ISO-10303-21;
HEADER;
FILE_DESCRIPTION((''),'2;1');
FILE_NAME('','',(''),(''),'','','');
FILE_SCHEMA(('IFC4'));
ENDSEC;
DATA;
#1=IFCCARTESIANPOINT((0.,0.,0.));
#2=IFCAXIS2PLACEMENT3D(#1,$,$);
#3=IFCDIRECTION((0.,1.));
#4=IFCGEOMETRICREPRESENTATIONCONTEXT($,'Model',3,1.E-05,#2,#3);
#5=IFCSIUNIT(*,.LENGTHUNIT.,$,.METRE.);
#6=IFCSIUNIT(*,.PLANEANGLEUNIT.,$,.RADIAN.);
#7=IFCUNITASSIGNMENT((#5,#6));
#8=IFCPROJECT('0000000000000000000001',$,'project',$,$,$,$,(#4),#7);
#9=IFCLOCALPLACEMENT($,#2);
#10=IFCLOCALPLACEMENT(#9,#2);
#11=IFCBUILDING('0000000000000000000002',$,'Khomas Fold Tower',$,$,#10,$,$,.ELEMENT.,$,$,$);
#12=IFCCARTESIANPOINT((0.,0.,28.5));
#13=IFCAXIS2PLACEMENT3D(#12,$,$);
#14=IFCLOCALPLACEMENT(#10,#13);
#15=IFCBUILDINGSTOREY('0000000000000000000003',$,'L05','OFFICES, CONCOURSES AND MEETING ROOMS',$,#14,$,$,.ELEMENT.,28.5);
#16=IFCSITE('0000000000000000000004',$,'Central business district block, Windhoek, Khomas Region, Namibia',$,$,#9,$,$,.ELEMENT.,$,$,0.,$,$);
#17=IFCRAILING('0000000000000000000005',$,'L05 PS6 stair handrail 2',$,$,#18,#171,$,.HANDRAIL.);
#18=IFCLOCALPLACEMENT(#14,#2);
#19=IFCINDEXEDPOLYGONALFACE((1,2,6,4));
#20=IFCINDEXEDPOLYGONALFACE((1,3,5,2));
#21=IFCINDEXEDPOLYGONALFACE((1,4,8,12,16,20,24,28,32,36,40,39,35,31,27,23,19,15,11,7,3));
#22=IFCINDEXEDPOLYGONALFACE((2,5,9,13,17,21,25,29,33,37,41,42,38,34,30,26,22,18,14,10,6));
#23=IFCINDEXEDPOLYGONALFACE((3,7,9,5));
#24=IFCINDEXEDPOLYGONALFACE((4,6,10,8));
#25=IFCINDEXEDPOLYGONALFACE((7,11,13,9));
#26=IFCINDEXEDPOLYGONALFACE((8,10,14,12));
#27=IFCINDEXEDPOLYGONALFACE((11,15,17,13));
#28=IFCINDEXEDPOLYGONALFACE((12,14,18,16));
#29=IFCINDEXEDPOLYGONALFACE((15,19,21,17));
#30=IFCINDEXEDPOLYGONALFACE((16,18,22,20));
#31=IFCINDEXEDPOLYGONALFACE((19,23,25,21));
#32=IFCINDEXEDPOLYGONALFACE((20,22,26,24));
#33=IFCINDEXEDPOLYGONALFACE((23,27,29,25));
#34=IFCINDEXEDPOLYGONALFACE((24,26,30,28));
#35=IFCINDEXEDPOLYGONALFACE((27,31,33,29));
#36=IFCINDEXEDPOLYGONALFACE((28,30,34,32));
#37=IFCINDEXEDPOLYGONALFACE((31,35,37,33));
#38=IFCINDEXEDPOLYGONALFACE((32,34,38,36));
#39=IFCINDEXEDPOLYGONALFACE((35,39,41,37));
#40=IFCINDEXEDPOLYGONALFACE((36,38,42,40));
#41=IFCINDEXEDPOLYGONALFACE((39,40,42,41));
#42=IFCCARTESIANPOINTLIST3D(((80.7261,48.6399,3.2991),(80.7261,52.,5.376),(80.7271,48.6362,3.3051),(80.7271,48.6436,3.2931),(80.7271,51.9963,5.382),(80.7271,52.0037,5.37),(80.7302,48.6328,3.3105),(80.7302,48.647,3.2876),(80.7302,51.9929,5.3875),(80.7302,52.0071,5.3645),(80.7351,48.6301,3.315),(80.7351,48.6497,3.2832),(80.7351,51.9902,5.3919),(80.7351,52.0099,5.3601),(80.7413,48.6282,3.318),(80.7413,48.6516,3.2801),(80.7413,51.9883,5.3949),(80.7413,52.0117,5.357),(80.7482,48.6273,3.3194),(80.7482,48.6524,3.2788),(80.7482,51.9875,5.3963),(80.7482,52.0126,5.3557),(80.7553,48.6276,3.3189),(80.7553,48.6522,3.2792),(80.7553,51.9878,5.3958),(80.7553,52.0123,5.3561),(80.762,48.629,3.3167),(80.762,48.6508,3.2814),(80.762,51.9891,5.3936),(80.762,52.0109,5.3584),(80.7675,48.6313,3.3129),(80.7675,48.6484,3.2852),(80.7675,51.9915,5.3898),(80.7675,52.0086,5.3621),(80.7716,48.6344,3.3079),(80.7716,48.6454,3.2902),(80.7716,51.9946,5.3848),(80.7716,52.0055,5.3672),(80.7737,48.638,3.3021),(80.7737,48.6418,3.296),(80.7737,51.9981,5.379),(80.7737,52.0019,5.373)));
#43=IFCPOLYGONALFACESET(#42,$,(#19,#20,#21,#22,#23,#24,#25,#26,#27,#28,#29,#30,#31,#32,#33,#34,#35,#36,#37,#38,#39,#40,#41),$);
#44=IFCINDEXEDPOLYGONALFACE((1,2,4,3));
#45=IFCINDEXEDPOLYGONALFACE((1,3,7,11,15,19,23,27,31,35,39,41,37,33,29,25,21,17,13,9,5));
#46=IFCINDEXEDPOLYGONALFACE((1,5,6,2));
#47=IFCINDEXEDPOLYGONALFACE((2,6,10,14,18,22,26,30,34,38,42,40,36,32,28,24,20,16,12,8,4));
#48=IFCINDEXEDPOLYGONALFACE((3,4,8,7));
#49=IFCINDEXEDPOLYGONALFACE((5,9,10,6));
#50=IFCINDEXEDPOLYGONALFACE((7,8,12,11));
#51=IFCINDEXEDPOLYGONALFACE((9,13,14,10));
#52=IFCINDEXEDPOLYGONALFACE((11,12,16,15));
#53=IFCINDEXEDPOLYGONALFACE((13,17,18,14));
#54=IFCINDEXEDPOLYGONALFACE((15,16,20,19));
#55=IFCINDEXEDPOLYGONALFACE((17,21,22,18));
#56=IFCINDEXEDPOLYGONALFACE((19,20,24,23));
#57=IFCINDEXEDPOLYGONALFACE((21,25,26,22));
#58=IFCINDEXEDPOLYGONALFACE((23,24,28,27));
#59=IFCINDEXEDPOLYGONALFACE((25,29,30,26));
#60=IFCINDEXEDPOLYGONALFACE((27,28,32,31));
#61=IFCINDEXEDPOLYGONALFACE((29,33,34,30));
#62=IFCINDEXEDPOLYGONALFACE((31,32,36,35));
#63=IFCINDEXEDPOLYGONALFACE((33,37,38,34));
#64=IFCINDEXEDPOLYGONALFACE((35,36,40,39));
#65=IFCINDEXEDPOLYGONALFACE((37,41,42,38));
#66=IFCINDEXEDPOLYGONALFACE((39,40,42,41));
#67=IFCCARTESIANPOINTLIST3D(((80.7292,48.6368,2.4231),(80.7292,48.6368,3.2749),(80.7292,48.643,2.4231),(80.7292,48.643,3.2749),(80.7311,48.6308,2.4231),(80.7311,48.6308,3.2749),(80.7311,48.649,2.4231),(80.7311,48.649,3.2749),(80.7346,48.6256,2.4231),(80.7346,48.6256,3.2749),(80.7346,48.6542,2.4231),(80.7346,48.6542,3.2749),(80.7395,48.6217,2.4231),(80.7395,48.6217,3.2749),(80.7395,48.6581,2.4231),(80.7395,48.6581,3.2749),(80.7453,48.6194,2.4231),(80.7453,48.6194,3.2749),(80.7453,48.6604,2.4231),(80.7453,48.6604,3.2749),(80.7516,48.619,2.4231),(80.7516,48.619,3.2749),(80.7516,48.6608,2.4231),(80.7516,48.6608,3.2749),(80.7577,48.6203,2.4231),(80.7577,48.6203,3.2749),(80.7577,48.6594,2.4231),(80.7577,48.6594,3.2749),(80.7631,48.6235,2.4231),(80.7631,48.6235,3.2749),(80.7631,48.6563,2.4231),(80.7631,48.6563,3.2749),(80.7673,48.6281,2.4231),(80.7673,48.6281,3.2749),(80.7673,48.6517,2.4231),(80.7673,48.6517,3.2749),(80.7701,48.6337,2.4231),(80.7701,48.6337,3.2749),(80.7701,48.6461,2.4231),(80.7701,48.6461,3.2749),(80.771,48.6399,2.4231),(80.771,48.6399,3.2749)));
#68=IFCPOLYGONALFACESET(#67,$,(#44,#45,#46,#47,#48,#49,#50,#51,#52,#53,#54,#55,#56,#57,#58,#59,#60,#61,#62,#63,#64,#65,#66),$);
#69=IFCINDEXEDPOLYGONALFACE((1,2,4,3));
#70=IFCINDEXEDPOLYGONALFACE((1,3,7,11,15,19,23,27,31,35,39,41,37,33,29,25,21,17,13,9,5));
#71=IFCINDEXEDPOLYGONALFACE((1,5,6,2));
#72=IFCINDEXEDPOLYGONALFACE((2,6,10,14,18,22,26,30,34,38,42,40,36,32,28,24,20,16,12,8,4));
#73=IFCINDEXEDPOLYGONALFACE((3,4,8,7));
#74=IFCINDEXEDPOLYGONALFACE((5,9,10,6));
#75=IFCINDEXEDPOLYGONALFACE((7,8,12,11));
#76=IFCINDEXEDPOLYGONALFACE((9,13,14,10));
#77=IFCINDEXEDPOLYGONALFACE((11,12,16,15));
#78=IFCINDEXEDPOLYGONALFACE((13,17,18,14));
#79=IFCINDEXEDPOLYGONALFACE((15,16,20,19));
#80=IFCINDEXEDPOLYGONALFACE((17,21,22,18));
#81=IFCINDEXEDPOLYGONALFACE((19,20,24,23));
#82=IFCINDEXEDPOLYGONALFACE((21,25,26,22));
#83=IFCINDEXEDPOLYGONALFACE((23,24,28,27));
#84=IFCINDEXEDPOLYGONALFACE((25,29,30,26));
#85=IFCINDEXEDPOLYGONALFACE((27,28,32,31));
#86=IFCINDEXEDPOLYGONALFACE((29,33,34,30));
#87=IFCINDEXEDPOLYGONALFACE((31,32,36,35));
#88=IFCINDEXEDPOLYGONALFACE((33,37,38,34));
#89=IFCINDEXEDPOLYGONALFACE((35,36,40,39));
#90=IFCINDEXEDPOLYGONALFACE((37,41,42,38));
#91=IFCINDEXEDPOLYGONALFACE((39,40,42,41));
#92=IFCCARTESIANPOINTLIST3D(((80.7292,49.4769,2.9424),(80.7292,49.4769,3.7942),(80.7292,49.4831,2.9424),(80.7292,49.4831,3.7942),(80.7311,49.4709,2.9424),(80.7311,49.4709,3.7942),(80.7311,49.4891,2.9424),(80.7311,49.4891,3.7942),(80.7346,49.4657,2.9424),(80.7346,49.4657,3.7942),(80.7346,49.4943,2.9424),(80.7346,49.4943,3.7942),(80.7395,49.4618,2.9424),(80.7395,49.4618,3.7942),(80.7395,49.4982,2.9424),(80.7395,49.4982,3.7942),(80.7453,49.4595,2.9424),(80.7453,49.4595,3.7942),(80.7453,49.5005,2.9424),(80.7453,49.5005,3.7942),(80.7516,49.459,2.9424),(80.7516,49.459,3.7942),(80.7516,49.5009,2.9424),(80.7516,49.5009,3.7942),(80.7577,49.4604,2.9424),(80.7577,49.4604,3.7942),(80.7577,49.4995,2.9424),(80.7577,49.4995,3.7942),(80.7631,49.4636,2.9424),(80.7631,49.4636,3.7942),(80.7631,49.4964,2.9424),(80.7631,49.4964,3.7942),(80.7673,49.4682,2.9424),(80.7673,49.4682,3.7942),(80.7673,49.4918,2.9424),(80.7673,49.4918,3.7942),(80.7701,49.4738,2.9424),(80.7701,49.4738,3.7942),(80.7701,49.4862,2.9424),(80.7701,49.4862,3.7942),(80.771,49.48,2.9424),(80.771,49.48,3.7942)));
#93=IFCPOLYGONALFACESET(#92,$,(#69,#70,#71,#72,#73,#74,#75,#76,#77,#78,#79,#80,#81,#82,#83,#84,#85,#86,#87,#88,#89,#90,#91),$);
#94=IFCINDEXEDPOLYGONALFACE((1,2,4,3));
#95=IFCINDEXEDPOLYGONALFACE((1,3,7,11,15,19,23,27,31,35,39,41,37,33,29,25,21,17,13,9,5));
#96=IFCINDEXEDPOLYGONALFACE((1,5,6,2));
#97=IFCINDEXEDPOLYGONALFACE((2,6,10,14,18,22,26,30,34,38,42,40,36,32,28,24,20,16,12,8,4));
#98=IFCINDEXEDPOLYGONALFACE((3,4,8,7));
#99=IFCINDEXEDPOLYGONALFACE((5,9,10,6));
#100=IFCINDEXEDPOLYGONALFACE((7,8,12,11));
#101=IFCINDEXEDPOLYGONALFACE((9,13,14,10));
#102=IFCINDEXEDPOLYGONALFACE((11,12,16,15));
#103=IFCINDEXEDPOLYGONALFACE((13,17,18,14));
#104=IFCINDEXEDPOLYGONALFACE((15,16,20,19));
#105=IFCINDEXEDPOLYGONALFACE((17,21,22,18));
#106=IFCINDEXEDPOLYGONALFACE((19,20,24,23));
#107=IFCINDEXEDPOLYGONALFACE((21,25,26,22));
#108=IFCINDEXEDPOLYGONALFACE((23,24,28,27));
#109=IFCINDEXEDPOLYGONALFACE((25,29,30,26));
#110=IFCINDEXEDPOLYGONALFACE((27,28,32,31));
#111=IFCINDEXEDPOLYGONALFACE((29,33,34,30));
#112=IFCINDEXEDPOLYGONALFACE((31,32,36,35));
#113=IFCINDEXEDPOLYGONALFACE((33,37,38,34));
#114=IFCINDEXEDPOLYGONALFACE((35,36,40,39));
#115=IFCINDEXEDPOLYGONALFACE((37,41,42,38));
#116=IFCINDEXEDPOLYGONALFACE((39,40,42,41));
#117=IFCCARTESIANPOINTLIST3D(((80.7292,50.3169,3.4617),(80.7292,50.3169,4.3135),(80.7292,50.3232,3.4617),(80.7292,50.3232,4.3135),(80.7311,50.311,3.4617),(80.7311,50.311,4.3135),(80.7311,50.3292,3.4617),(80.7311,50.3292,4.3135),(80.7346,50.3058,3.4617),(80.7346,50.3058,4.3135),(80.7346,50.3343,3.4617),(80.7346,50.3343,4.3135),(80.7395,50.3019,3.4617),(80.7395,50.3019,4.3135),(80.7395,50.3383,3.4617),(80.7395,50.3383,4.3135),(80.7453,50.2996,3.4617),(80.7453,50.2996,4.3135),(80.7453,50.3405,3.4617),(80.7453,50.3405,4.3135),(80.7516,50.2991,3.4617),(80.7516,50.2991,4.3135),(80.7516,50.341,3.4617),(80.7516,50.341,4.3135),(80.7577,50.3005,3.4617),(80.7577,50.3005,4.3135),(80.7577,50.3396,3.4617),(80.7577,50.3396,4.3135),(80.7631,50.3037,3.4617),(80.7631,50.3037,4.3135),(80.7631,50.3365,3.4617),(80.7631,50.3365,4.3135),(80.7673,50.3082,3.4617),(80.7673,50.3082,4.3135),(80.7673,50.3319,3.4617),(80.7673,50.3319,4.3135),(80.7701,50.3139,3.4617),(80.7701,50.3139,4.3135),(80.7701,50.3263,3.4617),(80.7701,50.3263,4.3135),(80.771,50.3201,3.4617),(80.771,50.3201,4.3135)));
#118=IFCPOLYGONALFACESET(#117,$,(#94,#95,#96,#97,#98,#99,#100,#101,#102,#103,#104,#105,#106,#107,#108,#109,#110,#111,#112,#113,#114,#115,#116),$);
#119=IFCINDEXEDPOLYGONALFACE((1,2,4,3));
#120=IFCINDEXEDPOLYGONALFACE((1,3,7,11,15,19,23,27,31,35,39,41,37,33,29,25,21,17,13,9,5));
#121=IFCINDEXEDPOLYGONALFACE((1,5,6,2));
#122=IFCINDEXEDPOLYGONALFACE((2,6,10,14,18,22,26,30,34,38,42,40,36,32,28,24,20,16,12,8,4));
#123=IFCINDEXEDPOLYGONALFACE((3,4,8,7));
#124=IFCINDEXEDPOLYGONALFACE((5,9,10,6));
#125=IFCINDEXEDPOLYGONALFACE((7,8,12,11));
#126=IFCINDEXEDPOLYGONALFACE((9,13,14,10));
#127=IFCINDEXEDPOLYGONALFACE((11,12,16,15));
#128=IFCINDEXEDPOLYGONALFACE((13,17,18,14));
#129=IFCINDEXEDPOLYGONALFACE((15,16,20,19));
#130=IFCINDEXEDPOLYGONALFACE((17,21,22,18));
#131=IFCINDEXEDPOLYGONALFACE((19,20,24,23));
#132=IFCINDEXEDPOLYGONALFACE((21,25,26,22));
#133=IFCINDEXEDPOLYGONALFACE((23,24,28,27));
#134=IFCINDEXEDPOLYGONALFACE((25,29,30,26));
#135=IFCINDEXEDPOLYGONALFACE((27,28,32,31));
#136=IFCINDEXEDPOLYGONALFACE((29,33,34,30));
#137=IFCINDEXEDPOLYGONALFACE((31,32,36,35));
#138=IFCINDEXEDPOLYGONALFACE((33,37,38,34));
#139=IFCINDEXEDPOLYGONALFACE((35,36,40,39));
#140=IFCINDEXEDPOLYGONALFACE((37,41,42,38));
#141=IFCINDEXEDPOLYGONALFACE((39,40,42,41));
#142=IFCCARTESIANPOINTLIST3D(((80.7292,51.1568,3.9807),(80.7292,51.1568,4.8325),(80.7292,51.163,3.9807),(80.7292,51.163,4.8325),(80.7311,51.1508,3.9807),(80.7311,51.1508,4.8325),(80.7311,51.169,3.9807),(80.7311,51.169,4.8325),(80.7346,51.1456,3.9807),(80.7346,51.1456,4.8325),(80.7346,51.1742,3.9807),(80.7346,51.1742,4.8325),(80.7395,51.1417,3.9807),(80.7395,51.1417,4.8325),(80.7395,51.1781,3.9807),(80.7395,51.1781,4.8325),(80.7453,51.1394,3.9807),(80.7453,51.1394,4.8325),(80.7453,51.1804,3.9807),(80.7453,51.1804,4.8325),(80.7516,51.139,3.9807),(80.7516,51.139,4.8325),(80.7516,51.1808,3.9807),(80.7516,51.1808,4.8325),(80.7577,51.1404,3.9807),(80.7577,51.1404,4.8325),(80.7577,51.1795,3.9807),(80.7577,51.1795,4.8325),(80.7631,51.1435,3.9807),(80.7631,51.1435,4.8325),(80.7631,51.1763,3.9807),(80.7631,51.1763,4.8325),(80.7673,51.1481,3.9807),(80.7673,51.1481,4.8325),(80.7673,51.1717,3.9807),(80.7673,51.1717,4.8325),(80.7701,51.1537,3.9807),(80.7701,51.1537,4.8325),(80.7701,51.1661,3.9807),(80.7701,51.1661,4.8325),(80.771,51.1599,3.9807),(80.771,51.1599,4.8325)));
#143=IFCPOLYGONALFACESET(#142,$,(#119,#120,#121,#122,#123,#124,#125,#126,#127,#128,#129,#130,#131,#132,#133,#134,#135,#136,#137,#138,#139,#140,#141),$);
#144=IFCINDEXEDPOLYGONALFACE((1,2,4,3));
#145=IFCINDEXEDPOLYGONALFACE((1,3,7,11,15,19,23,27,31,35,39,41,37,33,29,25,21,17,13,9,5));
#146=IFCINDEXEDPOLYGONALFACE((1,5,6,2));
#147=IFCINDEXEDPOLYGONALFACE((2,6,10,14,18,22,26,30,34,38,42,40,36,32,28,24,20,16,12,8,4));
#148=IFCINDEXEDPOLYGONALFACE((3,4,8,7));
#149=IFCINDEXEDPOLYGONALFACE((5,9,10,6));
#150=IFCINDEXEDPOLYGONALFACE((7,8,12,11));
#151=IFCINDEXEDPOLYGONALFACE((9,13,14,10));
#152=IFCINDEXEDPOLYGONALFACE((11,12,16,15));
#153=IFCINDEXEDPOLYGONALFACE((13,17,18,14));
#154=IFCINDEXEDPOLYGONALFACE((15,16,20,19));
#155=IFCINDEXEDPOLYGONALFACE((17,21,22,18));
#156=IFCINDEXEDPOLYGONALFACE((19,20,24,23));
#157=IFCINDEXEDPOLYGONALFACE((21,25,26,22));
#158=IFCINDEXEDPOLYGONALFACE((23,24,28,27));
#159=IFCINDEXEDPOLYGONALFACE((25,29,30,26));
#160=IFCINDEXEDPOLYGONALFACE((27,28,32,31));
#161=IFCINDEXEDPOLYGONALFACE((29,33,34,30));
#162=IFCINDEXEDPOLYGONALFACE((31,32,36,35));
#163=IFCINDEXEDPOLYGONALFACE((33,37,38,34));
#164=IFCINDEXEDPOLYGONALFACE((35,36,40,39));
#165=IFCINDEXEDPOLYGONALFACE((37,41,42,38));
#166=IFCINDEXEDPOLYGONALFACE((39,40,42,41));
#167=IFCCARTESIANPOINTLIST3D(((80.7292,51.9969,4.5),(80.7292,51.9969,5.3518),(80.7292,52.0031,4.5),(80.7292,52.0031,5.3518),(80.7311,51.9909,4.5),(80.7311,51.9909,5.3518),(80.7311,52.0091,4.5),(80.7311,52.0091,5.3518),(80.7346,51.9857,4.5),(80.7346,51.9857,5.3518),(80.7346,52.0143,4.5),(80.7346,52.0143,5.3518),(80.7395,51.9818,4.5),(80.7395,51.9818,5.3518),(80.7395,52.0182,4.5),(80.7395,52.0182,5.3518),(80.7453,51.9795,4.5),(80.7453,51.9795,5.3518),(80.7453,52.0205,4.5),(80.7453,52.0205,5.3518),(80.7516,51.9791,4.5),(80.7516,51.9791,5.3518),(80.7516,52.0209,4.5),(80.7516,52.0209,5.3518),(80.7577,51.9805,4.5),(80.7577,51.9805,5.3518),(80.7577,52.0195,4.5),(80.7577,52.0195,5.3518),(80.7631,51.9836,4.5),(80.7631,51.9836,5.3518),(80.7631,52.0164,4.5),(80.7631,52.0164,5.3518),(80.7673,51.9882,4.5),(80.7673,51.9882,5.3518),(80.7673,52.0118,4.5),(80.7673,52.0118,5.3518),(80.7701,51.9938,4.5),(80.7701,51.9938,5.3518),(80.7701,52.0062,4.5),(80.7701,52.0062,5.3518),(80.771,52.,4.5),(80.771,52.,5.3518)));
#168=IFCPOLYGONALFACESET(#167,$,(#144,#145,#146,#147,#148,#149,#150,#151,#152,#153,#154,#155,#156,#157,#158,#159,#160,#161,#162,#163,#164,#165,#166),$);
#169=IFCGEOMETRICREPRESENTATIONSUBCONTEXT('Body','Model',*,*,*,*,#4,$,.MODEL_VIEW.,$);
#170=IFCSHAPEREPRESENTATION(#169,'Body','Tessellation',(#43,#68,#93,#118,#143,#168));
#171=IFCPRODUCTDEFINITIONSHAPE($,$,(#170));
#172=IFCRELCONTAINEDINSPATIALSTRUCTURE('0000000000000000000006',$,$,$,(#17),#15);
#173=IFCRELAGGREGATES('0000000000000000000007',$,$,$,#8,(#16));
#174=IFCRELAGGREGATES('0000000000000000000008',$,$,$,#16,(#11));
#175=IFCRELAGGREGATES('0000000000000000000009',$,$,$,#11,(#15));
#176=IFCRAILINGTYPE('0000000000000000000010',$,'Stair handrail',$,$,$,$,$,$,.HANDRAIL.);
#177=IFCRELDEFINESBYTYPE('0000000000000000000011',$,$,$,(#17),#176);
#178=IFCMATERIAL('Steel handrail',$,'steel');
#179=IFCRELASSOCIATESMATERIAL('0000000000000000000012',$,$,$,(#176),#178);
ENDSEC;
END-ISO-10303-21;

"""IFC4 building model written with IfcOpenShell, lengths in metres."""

from ifc_helpers import new_model, si_unit, direction, frame, origin, origin_2d, place, context, subcontext, project, spatial, circle, extrude, source, transform, mapped, material, type_object, element, save


model = new_model("IFC4")

# Units and contexts
model_context = context("Model", 3, precision=1e-05, world=origin(), true_north=direction((0.0, 1.0)))
body_context = subcontext(model_context, "Body", "Model", "MODEL_VIEW")
ifc_project = project(units=[si_unit("LENGTHUNIT", "METRE"), si_unit("PLANEANGLEUNIT", "RADIAN")], contexts=[model_context])

# Site, building, storey
site_placement = place(None, origin())
site = spatial("IfcSite", under=ifc_project, at=site_placement, Name="Central business district block, Windhoek, Khomas Region, Namibia", CompositionType="ELEMENT", RefElevation=0.0)
building_placement = place(site_placement, origin())
building = spatial("IfcBuilding", under=site, at=building_placement, Name="Khomas Fold Tower", CompositionType="ELEMENT")
storey_placement = place(building_placement, frame((0.0, 0.0, 28.5)))
storey = spatial("IfcBuildingStorey", under=building, at=storey_placement, Name="L05", Description="OFFICES, CONCOURSES AND MEETING ROOMS", CompositionType="ELEMENT", Elevation=28.5)

# Railing
ifc_material_1 = material(Name="Steel handrail", Category="steel")
railing_type_1 = type_object("IfcRailingType", Name="Stair handrail", PredefinedType="HANDRAIL", material=ifc_material_1)
shared_shape_1 = source(origin(), body_context, "Body", "SweptSolid", [
    extrude(circle(Radius=0.0239, at=origin_2d()), frame((0.0, 0.0, 0.876), z_axis=(0.0, 0.850623, 0.525776), x_axis=(-1.0, 0.0, 0.0)), (0.0, 0.0, 1.0), 3.9502),
    extrude(circle(Radius=0.021, at=origin_2d()), origin(), (0.0, 0.0, 1.0), 0.8518),
    extrude(circle(Radius=0.021, at=origin_2d()), frame((0.0, 0.8401, 0.5193)), (0.0, 0.0, 1.0), 0.8518),
    extrude(circle(Radius=0.021, at=origin_2d()), frame((0.0, 1.6802, 1.0386)), (0.0, 0.0, 1.0), 0.8518),
    extrude(circle(Radius=0.021, at=origin_2d()), frame((0.0, 2.52, 1.5576)), (0.0, 0.0, 1.0), 0.8518),
    extrude(circle(Radius=0.021, at=origin_2d()), frame((0.0, 3.3601, 2.0769)), (0.0, 0.0, 1.0), 0.8518),
])
railing_1_placement = place(storey_placement, frame((80.75, 48.6399, 2.4231)))
element("IfcRailing", 1, at=railing_1_placement, inside=storey, type_object=railing_type_1, Name="L05 PS6 stair handrail 2", PredefinedType="HANDRAIL", context=body_context, shape_type="MappedRepresentation", body=[
    mapped(shared_shape_1, transform((0.0, 0.0, 0.0))),
])

save(model, "model.ifc")
